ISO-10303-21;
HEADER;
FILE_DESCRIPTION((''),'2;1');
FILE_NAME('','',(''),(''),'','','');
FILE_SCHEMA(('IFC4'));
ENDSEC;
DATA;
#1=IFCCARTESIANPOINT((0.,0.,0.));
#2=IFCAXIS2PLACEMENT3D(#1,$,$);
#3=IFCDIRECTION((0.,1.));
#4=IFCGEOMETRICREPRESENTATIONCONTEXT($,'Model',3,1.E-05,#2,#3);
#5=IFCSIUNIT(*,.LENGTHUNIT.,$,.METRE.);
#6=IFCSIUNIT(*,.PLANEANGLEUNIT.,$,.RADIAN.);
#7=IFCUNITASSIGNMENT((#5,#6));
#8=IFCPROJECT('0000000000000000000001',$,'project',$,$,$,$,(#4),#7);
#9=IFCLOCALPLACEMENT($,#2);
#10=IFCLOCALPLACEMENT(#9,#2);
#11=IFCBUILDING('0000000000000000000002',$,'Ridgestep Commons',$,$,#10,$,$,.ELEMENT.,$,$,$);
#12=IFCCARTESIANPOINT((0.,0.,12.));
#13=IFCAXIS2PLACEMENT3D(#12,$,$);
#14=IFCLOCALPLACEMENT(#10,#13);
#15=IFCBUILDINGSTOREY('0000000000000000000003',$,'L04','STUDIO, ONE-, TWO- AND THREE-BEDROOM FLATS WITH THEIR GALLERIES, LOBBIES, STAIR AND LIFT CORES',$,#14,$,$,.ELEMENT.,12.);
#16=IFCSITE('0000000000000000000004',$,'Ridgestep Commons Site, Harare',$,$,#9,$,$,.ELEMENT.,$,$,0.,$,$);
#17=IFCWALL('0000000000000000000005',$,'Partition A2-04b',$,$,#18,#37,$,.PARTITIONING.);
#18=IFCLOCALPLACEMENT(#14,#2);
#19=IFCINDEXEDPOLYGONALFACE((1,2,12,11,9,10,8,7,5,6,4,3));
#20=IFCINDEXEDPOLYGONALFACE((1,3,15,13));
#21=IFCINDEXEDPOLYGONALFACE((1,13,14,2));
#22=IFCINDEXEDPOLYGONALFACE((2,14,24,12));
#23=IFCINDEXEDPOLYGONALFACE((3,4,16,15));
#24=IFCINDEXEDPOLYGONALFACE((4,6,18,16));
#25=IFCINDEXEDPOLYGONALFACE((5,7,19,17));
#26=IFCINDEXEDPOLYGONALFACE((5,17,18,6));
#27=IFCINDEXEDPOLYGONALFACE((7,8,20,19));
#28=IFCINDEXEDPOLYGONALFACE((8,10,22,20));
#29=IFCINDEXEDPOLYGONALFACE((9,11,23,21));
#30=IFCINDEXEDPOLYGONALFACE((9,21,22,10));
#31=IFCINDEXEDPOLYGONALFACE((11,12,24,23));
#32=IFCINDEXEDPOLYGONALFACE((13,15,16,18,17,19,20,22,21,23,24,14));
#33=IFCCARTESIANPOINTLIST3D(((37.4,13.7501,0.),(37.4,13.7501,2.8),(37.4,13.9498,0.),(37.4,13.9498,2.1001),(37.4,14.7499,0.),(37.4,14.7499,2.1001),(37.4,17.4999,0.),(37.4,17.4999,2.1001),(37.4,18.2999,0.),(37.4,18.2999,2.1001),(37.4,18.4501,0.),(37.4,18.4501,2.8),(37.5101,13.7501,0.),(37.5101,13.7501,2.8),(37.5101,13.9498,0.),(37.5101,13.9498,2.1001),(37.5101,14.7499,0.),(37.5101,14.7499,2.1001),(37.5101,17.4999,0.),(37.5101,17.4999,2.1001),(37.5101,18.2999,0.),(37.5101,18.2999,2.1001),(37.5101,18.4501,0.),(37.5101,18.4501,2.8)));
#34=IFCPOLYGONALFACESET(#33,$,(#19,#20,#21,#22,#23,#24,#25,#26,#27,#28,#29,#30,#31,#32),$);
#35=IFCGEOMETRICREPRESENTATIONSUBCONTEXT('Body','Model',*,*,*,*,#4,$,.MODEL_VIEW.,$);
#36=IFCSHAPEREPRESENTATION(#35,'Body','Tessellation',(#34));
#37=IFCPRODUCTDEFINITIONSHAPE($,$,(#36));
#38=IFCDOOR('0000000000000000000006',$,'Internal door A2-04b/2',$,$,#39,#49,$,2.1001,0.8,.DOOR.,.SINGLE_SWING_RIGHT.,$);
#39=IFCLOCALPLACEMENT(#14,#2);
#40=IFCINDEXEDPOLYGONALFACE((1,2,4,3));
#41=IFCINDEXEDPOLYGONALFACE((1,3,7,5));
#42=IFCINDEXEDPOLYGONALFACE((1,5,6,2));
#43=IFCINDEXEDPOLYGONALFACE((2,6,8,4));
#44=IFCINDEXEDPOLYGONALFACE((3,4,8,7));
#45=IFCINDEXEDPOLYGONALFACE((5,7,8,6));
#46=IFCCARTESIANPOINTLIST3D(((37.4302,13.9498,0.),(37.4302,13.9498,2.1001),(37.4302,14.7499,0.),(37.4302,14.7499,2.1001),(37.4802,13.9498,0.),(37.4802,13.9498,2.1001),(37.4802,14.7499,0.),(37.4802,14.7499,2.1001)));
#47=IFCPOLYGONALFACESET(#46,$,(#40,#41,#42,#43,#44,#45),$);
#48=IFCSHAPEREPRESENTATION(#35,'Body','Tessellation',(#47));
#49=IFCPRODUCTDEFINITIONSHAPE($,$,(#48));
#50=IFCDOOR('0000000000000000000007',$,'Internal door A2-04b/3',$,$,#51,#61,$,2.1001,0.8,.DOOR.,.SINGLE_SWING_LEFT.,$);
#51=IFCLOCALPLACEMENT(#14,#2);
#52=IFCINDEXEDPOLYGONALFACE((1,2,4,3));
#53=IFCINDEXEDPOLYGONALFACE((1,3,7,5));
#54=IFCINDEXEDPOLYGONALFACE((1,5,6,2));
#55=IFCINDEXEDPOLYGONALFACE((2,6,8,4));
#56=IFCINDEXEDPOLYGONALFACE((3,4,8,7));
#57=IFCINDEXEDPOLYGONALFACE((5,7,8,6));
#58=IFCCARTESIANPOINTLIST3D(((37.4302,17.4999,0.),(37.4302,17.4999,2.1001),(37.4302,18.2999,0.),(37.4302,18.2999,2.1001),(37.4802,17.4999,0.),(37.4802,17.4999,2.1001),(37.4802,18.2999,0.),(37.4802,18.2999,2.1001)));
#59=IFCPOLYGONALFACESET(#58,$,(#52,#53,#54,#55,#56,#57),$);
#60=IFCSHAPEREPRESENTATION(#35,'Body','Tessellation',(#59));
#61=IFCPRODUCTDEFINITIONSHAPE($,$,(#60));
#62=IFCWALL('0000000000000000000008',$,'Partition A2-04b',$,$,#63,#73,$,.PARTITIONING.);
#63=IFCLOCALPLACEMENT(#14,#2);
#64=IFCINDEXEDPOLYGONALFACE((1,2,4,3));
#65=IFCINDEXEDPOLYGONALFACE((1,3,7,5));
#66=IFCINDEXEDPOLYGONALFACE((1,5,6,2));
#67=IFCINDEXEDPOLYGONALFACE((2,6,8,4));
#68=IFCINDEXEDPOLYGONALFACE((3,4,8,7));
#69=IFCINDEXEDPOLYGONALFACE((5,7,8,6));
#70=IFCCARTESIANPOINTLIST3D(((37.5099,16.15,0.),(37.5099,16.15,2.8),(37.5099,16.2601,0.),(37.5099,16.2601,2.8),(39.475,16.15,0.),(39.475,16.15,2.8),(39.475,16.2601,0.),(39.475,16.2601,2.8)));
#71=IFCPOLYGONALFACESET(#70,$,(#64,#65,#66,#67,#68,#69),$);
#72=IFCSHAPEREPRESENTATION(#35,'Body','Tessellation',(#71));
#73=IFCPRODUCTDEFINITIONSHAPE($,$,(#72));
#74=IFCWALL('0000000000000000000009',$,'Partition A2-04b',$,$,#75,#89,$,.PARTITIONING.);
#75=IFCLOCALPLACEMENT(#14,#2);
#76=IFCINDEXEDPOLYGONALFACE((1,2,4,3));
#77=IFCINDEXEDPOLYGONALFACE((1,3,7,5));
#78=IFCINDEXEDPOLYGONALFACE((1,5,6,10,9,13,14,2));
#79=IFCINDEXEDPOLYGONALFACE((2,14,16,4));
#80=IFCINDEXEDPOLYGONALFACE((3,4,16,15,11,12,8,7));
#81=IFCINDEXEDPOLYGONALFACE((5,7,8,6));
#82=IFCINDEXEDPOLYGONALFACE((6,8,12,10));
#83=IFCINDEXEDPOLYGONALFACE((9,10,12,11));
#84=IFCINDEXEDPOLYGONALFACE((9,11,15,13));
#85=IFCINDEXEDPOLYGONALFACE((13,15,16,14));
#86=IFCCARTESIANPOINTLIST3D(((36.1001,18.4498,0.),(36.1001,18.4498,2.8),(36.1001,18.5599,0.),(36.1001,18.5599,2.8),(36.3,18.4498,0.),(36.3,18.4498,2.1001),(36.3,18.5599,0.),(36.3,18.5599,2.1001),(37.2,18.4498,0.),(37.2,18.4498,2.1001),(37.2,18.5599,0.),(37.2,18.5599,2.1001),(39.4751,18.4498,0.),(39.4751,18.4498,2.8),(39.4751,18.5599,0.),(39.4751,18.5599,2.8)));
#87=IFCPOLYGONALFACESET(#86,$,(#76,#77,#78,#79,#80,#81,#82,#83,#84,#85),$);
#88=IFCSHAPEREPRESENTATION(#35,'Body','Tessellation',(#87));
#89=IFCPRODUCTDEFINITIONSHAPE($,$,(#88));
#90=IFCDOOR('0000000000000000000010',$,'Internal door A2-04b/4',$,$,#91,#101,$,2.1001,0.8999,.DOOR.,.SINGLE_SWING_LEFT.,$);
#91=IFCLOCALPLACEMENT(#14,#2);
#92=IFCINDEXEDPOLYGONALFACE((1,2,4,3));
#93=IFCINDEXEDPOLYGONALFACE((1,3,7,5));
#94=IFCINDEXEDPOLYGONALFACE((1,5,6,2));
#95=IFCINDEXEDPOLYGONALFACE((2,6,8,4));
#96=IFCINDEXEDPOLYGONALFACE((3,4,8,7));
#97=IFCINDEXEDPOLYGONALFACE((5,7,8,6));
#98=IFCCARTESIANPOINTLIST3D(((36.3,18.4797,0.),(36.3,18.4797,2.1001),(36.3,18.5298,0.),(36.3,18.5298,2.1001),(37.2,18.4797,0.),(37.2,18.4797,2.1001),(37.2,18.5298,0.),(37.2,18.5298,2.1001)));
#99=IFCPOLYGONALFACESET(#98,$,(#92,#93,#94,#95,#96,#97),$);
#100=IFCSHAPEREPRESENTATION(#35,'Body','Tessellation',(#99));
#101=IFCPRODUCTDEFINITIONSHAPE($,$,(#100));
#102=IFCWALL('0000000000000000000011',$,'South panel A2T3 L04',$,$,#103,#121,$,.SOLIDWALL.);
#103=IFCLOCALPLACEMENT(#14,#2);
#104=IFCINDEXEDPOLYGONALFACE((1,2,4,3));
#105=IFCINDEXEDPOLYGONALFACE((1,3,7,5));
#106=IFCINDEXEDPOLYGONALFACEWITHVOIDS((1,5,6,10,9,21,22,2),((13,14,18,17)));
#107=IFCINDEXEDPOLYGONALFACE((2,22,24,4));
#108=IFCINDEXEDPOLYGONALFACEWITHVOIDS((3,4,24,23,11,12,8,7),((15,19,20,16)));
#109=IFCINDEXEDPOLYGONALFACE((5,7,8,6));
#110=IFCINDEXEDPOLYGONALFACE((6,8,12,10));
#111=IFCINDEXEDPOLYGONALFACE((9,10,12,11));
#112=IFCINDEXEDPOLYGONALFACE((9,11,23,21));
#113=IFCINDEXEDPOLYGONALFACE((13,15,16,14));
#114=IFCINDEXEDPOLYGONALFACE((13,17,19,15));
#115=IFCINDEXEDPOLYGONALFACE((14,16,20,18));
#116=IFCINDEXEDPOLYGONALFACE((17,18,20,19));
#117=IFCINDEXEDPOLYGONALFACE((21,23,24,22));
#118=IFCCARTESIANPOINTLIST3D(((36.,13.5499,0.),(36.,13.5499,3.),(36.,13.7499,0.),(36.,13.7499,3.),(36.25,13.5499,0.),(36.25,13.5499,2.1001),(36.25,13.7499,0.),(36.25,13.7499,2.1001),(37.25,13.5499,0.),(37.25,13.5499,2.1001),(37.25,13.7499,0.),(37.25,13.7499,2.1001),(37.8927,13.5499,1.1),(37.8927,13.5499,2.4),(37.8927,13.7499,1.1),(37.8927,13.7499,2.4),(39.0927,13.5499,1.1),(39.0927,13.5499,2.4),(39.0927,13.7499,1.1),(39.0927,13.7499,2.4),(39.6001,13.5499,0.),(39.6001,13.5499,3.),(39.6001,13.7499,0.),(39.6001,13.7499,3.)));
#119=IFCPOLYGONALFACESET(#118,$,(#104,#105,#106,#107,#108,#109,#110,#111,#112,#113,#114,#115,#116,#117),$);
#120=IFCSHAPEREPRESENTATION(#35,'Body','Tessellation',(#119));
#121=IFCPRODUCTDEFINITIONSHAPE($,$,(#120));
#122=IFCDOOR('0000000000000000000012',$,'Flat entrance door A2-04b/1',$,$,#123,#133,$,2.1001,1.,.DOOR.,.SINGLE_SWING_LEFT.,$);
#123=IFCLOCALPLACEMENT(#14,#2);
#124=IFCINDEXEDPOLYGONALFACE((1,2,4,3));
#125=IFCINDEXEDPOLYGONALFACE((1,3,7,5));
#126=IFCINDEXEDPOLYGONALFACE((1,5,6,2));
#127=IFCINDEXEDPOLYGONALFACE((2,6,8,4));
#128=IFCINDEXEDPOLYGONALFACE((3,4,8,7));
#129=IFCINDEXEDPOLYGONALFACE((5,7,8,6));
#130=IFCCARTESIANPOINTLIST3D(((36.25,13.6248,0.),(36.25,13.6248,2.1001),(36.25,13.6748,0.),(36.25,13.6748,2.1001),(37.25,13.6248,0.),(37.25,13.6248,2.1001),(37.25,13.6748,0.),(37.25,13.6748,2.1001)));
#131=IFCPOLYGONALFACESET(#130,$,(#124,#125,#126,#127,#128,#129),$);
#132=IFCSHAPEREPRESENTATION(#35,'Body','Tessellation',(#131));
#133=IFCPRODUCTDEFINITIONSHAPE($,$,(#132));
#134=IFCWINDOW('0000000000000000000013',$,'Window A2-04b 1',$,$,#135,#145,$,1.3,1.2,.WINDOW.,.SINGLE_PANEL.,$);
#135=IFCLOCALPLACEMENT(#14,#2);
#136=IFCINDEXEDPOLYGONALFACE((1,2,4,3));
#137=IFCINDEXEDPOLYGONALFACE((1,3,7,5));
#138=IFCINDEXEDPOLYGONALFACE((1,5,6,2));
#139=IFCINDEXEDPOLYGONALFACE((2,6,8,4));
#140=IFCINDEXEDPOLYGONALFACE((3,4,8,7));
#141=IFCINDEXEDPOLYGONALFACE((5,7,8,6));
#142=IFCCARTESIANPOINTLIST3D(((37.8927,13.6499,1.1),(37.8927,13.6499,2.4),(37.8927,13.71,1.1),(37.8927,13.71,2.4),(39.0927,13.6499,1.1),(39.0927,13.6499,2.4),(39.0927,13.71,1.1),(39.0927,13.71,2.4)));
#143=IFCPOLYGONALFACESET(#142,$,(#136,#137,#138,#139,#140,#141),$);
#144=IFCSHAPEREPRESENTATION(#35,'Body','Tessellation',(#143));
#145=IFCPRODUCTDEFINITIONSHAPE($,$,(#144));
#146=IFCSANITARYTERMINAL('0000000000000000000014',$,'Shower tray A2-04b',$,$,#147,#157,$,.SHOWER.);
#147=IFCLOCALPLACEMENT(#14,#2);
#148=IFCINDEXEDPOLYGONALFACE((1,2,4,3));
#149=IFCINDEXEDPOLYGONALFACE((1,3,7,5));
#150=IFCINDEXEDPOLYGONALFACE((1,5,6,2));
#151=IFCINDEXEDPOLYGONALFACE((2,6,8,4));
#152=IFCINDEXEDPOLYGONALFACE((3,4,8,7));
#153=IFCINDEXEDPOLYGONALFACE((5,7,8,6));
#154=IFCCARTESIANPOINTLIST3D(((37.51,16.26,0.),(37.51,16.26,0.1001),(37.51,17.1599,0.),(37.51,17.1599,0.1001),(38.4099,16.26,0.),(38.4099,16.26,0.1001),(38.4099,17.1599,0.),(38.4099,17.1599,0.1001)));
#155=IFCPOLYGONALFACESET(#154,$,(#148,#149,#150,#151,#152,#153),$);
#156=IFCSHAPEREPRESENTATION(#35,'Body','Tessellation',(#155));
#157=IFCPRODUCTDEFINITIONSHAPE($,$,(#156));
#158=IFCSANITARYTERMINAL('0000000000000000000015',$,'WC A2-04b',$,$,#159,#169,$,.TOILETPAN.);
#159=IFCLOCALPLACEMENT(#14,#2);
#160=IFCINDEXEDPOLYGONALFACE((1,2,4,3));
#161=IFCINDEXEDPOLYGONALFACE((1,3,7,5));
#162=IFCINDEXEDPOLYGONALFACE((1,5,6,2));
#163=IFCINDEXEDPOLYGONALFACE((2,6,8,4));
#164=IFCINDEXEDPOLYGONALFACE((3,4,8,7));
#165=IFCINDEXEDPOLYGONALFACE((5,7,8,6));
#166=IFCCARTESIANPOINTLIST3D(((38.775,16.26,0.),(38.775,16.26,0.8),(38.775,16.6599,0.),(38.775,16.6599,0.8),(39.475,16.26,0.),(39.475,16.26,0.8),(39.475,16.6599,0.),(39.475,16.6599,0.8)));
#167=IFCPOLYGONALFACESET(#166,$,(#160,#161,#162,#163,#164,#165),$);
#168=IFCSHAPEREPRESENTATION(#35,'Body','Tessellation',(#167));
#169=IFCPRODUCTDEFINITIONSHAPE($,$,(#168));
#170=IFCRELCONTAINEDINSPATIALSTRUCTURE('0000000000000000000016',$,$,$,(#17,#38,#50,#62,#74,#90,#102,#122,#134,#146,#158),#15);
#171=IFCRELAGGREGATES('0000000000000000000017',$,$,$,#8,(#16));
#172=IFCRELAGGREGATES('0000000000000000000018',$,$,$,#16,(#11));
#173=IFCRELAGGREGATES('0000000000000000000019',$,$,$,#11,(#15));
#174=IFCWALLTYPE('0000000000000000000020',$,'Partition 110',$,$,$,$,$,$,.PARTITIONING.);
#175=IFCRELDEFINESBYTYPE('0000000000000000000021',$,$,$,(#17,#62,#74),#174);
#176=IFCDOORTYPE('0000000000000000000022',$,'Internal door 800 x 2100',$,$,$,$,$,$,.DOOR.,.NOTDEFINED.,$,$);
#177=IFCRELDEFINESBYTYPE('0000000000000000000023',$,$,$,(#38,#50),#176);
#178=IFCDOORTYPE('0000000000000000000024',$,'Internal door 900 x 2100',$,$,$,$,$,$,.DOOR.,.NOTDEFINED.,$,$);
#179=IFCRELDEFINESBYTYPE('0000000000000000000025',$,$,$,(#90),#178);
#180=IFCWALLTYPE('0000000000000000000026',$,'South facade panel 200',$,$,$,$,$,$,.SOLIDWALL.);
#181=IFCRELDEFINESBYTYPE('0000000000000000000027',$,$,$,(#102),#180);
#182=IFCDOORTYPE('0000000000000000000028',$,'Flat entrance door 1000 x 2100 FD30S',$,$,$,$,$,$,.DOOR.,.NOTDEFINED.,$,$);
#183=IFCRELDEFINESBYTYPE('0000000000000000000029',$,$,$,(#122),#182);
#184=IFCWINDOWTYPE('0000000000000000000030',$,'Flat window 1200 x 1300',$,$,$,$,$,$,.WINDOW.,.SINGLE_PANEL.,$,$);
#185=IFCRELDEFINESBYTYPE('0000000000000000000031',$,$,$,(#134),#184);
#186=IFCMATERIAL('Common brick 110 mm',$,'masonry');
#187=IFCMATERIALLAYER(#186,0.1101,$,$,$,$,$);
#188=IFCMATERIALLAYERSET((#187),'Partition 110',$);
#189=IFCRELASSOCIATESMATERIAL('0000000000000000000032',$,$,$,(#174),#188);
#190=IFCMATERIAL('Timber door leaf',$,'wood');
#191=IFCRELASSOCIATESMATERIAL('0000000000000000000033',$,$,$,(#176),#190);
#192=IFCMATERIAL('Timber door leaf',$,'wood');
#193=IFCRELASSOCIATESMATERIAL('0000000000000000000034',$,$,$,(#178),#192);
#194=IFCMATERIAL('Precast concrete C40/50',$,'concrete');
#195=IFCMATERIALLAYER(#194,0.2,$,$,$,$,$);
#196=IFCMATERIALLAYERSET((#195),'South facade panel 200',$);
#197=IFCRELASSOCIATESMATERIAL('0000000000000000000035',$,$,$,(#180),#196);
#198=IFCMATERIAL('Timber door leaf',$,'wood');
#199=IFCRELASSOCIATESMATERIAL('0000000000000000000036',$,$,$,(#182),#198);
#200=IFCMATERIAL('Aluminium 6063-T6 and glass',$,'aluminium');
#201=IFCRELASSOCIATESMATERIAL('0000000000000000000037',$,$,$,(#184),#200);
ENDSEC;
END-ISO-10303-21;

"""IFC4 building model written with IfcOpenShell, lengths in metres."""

from ifc_helpers import new_model, si_unit, direction, frame, frame_2d, origin, origin_2d, place, context, subcontext, project, spatial, rectangle, extrude, material, layer, layer_set, type_object, element, fill, save


model = new_model("IFC4")

# Units and contexts
model_context = context("Model", 3, precision=1e-05, world=origin(), true_north=direction((0.0, 1.0)))
body_context = subcontext(model_context, "Body", "Model", "MODEL_VIEW")
ifc_project = project(units=[si_unit("LENGTHUNIT", "METRE"), si_unit("PLANEANGLEUNIT", "RADIAN")], contexts=[model_context])

# Site, building, storey
site_placement = place(None, origin())
site = spatial("IfcSite", under=ifc_project, at=site_placement, Name="Ridgestep Commons Site, Harare", CompositionType="ELEMENT", RefElevation=0.0)
building_placement = place(site_placement, origin())
building = spatial("IfcBuilding", under=site, at=building_placement, Name="Ridgestep Commons", CompositionType="ELEMENT")
storey_placement = place(building_placement, frame((0.0, 0.0, 12.0)))
storey = spatial("IfcBuildingStorey", under=building, at=storey_placement, Name="L04", Description="STUDIO, ONE-, TWO- AND THREE-BEDROOM FLATS WITH THEIR GALLERIES, LOBBIES, STAIR AND LIFT CORES", CompositionType="ELEMENT", Elevation=12.0)

# Wall, openings, doors
ifc_material_1 = material(Name="Common brick 110 mm", Category="masonry")
ifc_layer_1 = layer(ifc_material_1, 0.1101)
ifc_layer_set_1 = layer_set([ifc_layer_1], Name="Partition 110")
wall_type_1 = type_object("IfcWallType", Name="Partition 110", PredefinedType="PARTITIONING", material=ifc_layer_set_1)
wall_1_placement = place(storey_placement, frame((37.4551, 13.75, 0.0), z_axis=(0.0, 0.0, 1.0), x_axis=(0.0, 1.0, 0.0)))
wall_1 = element("IfcWall", 1, at=wall_1_placement, inside=storey, type_object=wall_type_1, Name="Partition A2-04b", PredefinedType="PARTITIONING", context=body_context, shape_type="SweptSolid", body=[
    extrude(rectangle(XDim=4.7, YDim=0.1101, at=frame_2d((2.3501, 0.0))), origin(), (0.0, 0.0, 1.0), 2.8),
])
opening_1_placement = place(wall_1_placement, frame((0.2, 0.0, 0.0)))
opening_1 = element("IfcOpeningElement", 2, at=opening_1_placement, cuts=wall_1, PredefinedType="OPENING", context=body_context, shape_type="SweptSolid", body=[
    extrude(rectangle(XDim=0.8, YDim=2.1001, at=frame_2d((0.3999, 1.05))), frame((0.0, 0.0649, 0.0), z_axis=(0.0, -1.0, 0.0), x_axis=(1.0, 0.0, 0.0)), (0.0, 0.0, 1.0), 0.1301),
])
opening_2_placement = place(wall_1_placement, frame((3.75, 0.0, 0.0)))
opening_2 = element("IfcOpeningElement", 3, at=opening_2_placement, cuts=wall_1, PredefinedType="OPENING", context=body_context, shape_type="SweptSolid", body=[
    extrude(rectangle(XDim=0.8, YDim=2.1001, at=frame_2d((0.3999, 1.05))), frame((0.0, 0.0649, 0.0), z_axis=(0.0, -1.0, 0.0), x_axis=(1.0, 0.0, 0.0)), (0.0, 0.0, 1.0), 0.1301),
])
ifc_material_2 = material(Name="Timber door leaf", Category="wood")
door_type_1 = type_object("IfcDoorType", Name="Internal door 800 x 2100", OperationType="NOTDEFINED", PredefinedType="DOOR", material=ifc_material_2)
door_1_placement = place(opening_1_placement, origin())
door_1 = element("IfcDoor", 4, at=door_1_placement, inside=storey, type_object=door_type_1, Name="Internal door A2-04b/2", OperationType="SINGLE_SWING_RIGHT", OverallHeight=2.1001, OverallWidth=0.8, PredefinedType="DOOR", context=body_context, shape_type="SweptSolid", body=[
    extrude(rectangle(XDim=0.8, YDim=2.1001, at=frame_2d((0.3999, 1.05))), frame((0.0, 0.0249, 0.0), z_axis=(0.0, -1.0, 0.0), x_axis=(1.0, 0.0, 0.0)), (0.0, 0.0, 1.0), 0.05),
])
fill(opening_1, door_1)
door_2_placement = place(opening_2_placement, origin())
door_2 = element("IfcDoor", 5, at=door_2_placement, inside=storey, type_object=door_type_1, Name="Internal door A2-04b/3", OperationType="SINGLE_SWING_LEFT", OverallHeight=2.1001, OverallWidth=0.8, PredefinedType="DOOR", context=body_context, shape_type="SweptSolid", body=[
    extrude(rectangle(XDim=0.8, YDim=2.1001, at=frame_2d((0.3999, 1.05))), frame((0.0, 0.0249, 0.0), z_axis=(0.0, -1.0, 0.0), x_axis=(1.0, 0.0, 0.0)), (0.0, 0.0, 1.0), 0.05),
])
fill(opening_2, door_2)

# Wall
wall_2_placement = place(storey_placement, frame((37.51, 16.2051, 0.0), z_axis=(0.0, 0.0, 1.0), x_axis=(1.0, 0.0, 0.0)))
element("IfcWall", 6, at=wall_2_placement, inside=storey, type_object=wall_type_1, Name="Partition A2-04b", PredefinedType="PARTITIONING", context=body_context, shape_type="SweptSolid", body=[
    extrude(rectangle(XDim=1.9651, YDim=0.1101, at=frame_2d((0.9824, 0.0))), origin(), (0.0, 0.0, 1.0), 2.8),
])

# Wall, opening, door
wall_3_placement = place(storey_placement, frame((36.1001, 18.5049, 0.0), z_axis=(0.0, 0.0, 1.0), x_axis=(1.0, 0.0, 0.0)))
wall_3 = element("IfcWall", 7, at=wall_3_placement, inside=storey, type_object=wall_type_1, Name="Partition A2-04b", PredefinedType="PARTITIONING", context=body_context, shape_type="SweptSolid", body=[
    extrude(rectangle(XDim=3.375, YDim=0.1101, at=frame_2d((1.6875, 0.0))), origin(), (0.0, 0.0, 1.0), 2.8),
])
opening_3_placement = place(wall_3_placement, frame((0.2, 0.0, 0.0)))
opening_3 = element("IfcOpeningElement", 8, at=opening_3_placement, cuts=wall_3, PredefinedType="OPENING", context=body_context, shape_type="SweptSolid", body=[
    extrude(rectangle(XDim=0.8999, YDim=2.1001, at=frame_2d((0.45, 1.05))), frame((0.0, 0.0649, 0.0), z_axis=(0.0, -1.0, 0.0), x_axis=(1.0, 0.0, 0.0)), (0.0, 0.0, 1.0), 0.1301),
])
ifc_material_3 = material(Name="Timber door leaf", Category="wood")
door_type_2 = type_object("IfcDoorType", Name="Internal door 900 x 2100", OperationType="NOTDEFINED", PredefinedType="DOOR", material=ifc_material_3)
door_3_placement = place(opening_3_placement, origin())
door_3 = element("IfcDoor", 9, at=door_3_placement, inside=storey, type_object=door_type_2, Name="Internal door A2-04b/4", OperationType="SINGLE_SWING_LEFT", OverallHeight=2.1001, OverallWidth=0.8999, PredefinedType="DOOR", context=body_context, shape_type="SweptSolid", body=[
    extrude(rectangle(XDim=0.8999, YDim=2.1001, at=frame_2d((0.45, 1.05))), frame((0.0, 0.0249, 0.0), z_axis=(0.0, -1.0, 0.0), x_axis=(1.0, 0.0, 0.0)), (0.0, 0.0, 1.0), 0.05),
])
fill(opening_3, door_3)

# Wall, openings, door, window
ifc_material_4 = material(Name="Precast concrete C40/50", Category="concrete")
ifc_layer_2 = layer(ifc_material_4, 0.2)
ifc_layer_set_2 = layer_set([ifc_layer_2], Name="South facade panel 200")
wall_type_2 = type_object("IfcWallType", Name="South facade panel 200", PredefinedType="SOLIDWALL", material=ifc_layer_set_2)
wall_4_placement = place(storey_placement, frame((36.0, 13.6499, 0.0), z_axis=(0.0, 0.0, 1.0), x_axis=(1.0, 0.0, 0.0)))
wall_4 = element("IfcWall", 10, at=wall_4_placement, inside=storey, type_object=wall_type_2, Name="South panel A2T3 L04", PredefinedType="SOLIDWALL", context=body_context, shape_type="SweptSolid", body=[
    extrude(rectangle(XDim=3.6001, YDim=0.2, at=frame_2d((1.8, 0.0))), origin(), (0.0, 0.0, 1.0), 3.0),
])
opening_4_placement = place(wall_4_placement, frame((1.8926, 0.0, 1.1001)))
opening_4 = element("IfcOpeningElement", 11, at=opening_4_placement, cuts=wall_4, PredefinedType="OPENING", context=body_context, shape_type="SweptSolid", body=[
    extrude(rectangle(XDim=1.2, YDim=1.3, at=frame_2d((0.6001, 0.6499))), frame((0.0, 0.1099, 0.0), z_axis=(0.0, -1.0, 0.0), x_axis=(1.0, 0.0, 0.0)), (0.0, 0.0, 1.0), 0.22),
])
opening_5_placement = place(wall_4_placement, frame((0.25, 0.0, 0.0)))
opening_5 = element("IfcOpeningElement", 12, at=opening_5_placement, cuts=wall_4, PredefinedType="OPENING", context=body_context, shape_type="SweptSolid", body=[
    extrude(rectangle(XDim=1.0, YDim=2.1001, at=frame_2d((0.5, 1.05))), frame((0.0, 0.1099, 0.0), z_axis=(0.0, -1.0, 0.0), x_axis=(1.0, 0.0, 0.0)), (0.0, 0.0, 1.0), 0.22),
])
ifc_material_5 = material(Name="Timber door leaf", Category="wood")
door_type_3 = type_object("IfcDoorType", Name="Flat entrance door 1000 x 2100 FD30S", OperationType="NOTDEFINED", PredefinedType="DOOR", material=ifc_material_5)
door_4_placement = place(opening_5_placement, origin())
door_4 = element("IfcDoor", 13, at=door_4_placement, inside=storey, type_object=door_type_3, Name="Flat entrance door A2-04b/1", OperationType="SINGLE_SWING_LEFT", OverallHeight=2.1001, OverallWidth=1.0, PredefinedType="DOOR", context=body_context, shape_type="SweptSolid", body=[
    extrude(rectangle(XDim=1.0, YDim=2.1001, at=frame_2d((0.5, 1.05))), frame((0.0, 0.0249, 0.0), z_axis=(0.0, -1.0, 0.0), x_axis=(1.0, 0.0, 0.0)), (0.0, 0.0, 1.0), 0.05),
])
fill(opening_5, door_4)
ifc_material_6 = material(Name="Aluminium 6063-T6 and glass", Category="aluminium")
window_type = type_object("IfcWindowType", Name="Flat window 1200 x 1300", PartitioningType="SINGLE_PANEL", PredefinedType="WINDOW", material=ifc_material_6)
window_placement = place(opening_4_placement, origin())
window = element("IfcWindow", 14, at=window_placement, inside=storey, type_object=window_type, Name="Window A2-04b 1", OverallHeight=1.3, OverallWidth=1.2, PartitioningType="SINGLE_PANEL", PredefinedType="WINDOW", context=body_context, shape_type="SweptSolid", body=[
    extrude(rectangle(XDim=1.2, YDim=1.3, at=frame_2d((0.6001, 0.6499))), frame((0.0, 0.0601, 0.0), z_axis=(0.0, -1.0, 0.0), x_axis=(1.0, 0.0, 0.0)), (0.0, 0.0, 1.0), 0.0601),
])
fill(opening_4, window)

# Sanitary terminals
sanitary_terminal_1_placement = place(storey_placement, frame((37.96, 16.71, 0.0), z_axis=(0.0, 0.0, 1.0), x_axis=(1.0, 0.0, 0.0)))
element("IfcSanitaryTerminal", 15, at=sanitary_terminal_1_placement, inside=storey, Name="Shower tray A2-04b", PredefinedType="SHOWER", context=body_context, shape_type="SweptSolid", body=[
    extrude(rectangle(XDim=0.8999, YDim=0.8999, at=origin_2d()), origin(), (0.0, 0.0, 1.0), 0.1001),
])
sanitary_terminal_2_placement = place(storey_placement, frame((39.125, 16.46, 0.0), z_axis=(0.0, 0.0, 1.0), x_axis=(1.0, 0.0, 0.0)))
element("IfcSanitaryTerminal", 16, at=sanitary_terminal_2_placement, inside=storey, Name="WC A2-04b", PredefinedType="TOILETPAN", context=body_context, shape_type="SweptSolid", body=[
    extrude(rectangle(XDim=0.7, YDim=0.3999, at=origin_2d()), origin(), (0.0, 0.0, 1.0), 0.8),
])

save(model, "model.ifc")
